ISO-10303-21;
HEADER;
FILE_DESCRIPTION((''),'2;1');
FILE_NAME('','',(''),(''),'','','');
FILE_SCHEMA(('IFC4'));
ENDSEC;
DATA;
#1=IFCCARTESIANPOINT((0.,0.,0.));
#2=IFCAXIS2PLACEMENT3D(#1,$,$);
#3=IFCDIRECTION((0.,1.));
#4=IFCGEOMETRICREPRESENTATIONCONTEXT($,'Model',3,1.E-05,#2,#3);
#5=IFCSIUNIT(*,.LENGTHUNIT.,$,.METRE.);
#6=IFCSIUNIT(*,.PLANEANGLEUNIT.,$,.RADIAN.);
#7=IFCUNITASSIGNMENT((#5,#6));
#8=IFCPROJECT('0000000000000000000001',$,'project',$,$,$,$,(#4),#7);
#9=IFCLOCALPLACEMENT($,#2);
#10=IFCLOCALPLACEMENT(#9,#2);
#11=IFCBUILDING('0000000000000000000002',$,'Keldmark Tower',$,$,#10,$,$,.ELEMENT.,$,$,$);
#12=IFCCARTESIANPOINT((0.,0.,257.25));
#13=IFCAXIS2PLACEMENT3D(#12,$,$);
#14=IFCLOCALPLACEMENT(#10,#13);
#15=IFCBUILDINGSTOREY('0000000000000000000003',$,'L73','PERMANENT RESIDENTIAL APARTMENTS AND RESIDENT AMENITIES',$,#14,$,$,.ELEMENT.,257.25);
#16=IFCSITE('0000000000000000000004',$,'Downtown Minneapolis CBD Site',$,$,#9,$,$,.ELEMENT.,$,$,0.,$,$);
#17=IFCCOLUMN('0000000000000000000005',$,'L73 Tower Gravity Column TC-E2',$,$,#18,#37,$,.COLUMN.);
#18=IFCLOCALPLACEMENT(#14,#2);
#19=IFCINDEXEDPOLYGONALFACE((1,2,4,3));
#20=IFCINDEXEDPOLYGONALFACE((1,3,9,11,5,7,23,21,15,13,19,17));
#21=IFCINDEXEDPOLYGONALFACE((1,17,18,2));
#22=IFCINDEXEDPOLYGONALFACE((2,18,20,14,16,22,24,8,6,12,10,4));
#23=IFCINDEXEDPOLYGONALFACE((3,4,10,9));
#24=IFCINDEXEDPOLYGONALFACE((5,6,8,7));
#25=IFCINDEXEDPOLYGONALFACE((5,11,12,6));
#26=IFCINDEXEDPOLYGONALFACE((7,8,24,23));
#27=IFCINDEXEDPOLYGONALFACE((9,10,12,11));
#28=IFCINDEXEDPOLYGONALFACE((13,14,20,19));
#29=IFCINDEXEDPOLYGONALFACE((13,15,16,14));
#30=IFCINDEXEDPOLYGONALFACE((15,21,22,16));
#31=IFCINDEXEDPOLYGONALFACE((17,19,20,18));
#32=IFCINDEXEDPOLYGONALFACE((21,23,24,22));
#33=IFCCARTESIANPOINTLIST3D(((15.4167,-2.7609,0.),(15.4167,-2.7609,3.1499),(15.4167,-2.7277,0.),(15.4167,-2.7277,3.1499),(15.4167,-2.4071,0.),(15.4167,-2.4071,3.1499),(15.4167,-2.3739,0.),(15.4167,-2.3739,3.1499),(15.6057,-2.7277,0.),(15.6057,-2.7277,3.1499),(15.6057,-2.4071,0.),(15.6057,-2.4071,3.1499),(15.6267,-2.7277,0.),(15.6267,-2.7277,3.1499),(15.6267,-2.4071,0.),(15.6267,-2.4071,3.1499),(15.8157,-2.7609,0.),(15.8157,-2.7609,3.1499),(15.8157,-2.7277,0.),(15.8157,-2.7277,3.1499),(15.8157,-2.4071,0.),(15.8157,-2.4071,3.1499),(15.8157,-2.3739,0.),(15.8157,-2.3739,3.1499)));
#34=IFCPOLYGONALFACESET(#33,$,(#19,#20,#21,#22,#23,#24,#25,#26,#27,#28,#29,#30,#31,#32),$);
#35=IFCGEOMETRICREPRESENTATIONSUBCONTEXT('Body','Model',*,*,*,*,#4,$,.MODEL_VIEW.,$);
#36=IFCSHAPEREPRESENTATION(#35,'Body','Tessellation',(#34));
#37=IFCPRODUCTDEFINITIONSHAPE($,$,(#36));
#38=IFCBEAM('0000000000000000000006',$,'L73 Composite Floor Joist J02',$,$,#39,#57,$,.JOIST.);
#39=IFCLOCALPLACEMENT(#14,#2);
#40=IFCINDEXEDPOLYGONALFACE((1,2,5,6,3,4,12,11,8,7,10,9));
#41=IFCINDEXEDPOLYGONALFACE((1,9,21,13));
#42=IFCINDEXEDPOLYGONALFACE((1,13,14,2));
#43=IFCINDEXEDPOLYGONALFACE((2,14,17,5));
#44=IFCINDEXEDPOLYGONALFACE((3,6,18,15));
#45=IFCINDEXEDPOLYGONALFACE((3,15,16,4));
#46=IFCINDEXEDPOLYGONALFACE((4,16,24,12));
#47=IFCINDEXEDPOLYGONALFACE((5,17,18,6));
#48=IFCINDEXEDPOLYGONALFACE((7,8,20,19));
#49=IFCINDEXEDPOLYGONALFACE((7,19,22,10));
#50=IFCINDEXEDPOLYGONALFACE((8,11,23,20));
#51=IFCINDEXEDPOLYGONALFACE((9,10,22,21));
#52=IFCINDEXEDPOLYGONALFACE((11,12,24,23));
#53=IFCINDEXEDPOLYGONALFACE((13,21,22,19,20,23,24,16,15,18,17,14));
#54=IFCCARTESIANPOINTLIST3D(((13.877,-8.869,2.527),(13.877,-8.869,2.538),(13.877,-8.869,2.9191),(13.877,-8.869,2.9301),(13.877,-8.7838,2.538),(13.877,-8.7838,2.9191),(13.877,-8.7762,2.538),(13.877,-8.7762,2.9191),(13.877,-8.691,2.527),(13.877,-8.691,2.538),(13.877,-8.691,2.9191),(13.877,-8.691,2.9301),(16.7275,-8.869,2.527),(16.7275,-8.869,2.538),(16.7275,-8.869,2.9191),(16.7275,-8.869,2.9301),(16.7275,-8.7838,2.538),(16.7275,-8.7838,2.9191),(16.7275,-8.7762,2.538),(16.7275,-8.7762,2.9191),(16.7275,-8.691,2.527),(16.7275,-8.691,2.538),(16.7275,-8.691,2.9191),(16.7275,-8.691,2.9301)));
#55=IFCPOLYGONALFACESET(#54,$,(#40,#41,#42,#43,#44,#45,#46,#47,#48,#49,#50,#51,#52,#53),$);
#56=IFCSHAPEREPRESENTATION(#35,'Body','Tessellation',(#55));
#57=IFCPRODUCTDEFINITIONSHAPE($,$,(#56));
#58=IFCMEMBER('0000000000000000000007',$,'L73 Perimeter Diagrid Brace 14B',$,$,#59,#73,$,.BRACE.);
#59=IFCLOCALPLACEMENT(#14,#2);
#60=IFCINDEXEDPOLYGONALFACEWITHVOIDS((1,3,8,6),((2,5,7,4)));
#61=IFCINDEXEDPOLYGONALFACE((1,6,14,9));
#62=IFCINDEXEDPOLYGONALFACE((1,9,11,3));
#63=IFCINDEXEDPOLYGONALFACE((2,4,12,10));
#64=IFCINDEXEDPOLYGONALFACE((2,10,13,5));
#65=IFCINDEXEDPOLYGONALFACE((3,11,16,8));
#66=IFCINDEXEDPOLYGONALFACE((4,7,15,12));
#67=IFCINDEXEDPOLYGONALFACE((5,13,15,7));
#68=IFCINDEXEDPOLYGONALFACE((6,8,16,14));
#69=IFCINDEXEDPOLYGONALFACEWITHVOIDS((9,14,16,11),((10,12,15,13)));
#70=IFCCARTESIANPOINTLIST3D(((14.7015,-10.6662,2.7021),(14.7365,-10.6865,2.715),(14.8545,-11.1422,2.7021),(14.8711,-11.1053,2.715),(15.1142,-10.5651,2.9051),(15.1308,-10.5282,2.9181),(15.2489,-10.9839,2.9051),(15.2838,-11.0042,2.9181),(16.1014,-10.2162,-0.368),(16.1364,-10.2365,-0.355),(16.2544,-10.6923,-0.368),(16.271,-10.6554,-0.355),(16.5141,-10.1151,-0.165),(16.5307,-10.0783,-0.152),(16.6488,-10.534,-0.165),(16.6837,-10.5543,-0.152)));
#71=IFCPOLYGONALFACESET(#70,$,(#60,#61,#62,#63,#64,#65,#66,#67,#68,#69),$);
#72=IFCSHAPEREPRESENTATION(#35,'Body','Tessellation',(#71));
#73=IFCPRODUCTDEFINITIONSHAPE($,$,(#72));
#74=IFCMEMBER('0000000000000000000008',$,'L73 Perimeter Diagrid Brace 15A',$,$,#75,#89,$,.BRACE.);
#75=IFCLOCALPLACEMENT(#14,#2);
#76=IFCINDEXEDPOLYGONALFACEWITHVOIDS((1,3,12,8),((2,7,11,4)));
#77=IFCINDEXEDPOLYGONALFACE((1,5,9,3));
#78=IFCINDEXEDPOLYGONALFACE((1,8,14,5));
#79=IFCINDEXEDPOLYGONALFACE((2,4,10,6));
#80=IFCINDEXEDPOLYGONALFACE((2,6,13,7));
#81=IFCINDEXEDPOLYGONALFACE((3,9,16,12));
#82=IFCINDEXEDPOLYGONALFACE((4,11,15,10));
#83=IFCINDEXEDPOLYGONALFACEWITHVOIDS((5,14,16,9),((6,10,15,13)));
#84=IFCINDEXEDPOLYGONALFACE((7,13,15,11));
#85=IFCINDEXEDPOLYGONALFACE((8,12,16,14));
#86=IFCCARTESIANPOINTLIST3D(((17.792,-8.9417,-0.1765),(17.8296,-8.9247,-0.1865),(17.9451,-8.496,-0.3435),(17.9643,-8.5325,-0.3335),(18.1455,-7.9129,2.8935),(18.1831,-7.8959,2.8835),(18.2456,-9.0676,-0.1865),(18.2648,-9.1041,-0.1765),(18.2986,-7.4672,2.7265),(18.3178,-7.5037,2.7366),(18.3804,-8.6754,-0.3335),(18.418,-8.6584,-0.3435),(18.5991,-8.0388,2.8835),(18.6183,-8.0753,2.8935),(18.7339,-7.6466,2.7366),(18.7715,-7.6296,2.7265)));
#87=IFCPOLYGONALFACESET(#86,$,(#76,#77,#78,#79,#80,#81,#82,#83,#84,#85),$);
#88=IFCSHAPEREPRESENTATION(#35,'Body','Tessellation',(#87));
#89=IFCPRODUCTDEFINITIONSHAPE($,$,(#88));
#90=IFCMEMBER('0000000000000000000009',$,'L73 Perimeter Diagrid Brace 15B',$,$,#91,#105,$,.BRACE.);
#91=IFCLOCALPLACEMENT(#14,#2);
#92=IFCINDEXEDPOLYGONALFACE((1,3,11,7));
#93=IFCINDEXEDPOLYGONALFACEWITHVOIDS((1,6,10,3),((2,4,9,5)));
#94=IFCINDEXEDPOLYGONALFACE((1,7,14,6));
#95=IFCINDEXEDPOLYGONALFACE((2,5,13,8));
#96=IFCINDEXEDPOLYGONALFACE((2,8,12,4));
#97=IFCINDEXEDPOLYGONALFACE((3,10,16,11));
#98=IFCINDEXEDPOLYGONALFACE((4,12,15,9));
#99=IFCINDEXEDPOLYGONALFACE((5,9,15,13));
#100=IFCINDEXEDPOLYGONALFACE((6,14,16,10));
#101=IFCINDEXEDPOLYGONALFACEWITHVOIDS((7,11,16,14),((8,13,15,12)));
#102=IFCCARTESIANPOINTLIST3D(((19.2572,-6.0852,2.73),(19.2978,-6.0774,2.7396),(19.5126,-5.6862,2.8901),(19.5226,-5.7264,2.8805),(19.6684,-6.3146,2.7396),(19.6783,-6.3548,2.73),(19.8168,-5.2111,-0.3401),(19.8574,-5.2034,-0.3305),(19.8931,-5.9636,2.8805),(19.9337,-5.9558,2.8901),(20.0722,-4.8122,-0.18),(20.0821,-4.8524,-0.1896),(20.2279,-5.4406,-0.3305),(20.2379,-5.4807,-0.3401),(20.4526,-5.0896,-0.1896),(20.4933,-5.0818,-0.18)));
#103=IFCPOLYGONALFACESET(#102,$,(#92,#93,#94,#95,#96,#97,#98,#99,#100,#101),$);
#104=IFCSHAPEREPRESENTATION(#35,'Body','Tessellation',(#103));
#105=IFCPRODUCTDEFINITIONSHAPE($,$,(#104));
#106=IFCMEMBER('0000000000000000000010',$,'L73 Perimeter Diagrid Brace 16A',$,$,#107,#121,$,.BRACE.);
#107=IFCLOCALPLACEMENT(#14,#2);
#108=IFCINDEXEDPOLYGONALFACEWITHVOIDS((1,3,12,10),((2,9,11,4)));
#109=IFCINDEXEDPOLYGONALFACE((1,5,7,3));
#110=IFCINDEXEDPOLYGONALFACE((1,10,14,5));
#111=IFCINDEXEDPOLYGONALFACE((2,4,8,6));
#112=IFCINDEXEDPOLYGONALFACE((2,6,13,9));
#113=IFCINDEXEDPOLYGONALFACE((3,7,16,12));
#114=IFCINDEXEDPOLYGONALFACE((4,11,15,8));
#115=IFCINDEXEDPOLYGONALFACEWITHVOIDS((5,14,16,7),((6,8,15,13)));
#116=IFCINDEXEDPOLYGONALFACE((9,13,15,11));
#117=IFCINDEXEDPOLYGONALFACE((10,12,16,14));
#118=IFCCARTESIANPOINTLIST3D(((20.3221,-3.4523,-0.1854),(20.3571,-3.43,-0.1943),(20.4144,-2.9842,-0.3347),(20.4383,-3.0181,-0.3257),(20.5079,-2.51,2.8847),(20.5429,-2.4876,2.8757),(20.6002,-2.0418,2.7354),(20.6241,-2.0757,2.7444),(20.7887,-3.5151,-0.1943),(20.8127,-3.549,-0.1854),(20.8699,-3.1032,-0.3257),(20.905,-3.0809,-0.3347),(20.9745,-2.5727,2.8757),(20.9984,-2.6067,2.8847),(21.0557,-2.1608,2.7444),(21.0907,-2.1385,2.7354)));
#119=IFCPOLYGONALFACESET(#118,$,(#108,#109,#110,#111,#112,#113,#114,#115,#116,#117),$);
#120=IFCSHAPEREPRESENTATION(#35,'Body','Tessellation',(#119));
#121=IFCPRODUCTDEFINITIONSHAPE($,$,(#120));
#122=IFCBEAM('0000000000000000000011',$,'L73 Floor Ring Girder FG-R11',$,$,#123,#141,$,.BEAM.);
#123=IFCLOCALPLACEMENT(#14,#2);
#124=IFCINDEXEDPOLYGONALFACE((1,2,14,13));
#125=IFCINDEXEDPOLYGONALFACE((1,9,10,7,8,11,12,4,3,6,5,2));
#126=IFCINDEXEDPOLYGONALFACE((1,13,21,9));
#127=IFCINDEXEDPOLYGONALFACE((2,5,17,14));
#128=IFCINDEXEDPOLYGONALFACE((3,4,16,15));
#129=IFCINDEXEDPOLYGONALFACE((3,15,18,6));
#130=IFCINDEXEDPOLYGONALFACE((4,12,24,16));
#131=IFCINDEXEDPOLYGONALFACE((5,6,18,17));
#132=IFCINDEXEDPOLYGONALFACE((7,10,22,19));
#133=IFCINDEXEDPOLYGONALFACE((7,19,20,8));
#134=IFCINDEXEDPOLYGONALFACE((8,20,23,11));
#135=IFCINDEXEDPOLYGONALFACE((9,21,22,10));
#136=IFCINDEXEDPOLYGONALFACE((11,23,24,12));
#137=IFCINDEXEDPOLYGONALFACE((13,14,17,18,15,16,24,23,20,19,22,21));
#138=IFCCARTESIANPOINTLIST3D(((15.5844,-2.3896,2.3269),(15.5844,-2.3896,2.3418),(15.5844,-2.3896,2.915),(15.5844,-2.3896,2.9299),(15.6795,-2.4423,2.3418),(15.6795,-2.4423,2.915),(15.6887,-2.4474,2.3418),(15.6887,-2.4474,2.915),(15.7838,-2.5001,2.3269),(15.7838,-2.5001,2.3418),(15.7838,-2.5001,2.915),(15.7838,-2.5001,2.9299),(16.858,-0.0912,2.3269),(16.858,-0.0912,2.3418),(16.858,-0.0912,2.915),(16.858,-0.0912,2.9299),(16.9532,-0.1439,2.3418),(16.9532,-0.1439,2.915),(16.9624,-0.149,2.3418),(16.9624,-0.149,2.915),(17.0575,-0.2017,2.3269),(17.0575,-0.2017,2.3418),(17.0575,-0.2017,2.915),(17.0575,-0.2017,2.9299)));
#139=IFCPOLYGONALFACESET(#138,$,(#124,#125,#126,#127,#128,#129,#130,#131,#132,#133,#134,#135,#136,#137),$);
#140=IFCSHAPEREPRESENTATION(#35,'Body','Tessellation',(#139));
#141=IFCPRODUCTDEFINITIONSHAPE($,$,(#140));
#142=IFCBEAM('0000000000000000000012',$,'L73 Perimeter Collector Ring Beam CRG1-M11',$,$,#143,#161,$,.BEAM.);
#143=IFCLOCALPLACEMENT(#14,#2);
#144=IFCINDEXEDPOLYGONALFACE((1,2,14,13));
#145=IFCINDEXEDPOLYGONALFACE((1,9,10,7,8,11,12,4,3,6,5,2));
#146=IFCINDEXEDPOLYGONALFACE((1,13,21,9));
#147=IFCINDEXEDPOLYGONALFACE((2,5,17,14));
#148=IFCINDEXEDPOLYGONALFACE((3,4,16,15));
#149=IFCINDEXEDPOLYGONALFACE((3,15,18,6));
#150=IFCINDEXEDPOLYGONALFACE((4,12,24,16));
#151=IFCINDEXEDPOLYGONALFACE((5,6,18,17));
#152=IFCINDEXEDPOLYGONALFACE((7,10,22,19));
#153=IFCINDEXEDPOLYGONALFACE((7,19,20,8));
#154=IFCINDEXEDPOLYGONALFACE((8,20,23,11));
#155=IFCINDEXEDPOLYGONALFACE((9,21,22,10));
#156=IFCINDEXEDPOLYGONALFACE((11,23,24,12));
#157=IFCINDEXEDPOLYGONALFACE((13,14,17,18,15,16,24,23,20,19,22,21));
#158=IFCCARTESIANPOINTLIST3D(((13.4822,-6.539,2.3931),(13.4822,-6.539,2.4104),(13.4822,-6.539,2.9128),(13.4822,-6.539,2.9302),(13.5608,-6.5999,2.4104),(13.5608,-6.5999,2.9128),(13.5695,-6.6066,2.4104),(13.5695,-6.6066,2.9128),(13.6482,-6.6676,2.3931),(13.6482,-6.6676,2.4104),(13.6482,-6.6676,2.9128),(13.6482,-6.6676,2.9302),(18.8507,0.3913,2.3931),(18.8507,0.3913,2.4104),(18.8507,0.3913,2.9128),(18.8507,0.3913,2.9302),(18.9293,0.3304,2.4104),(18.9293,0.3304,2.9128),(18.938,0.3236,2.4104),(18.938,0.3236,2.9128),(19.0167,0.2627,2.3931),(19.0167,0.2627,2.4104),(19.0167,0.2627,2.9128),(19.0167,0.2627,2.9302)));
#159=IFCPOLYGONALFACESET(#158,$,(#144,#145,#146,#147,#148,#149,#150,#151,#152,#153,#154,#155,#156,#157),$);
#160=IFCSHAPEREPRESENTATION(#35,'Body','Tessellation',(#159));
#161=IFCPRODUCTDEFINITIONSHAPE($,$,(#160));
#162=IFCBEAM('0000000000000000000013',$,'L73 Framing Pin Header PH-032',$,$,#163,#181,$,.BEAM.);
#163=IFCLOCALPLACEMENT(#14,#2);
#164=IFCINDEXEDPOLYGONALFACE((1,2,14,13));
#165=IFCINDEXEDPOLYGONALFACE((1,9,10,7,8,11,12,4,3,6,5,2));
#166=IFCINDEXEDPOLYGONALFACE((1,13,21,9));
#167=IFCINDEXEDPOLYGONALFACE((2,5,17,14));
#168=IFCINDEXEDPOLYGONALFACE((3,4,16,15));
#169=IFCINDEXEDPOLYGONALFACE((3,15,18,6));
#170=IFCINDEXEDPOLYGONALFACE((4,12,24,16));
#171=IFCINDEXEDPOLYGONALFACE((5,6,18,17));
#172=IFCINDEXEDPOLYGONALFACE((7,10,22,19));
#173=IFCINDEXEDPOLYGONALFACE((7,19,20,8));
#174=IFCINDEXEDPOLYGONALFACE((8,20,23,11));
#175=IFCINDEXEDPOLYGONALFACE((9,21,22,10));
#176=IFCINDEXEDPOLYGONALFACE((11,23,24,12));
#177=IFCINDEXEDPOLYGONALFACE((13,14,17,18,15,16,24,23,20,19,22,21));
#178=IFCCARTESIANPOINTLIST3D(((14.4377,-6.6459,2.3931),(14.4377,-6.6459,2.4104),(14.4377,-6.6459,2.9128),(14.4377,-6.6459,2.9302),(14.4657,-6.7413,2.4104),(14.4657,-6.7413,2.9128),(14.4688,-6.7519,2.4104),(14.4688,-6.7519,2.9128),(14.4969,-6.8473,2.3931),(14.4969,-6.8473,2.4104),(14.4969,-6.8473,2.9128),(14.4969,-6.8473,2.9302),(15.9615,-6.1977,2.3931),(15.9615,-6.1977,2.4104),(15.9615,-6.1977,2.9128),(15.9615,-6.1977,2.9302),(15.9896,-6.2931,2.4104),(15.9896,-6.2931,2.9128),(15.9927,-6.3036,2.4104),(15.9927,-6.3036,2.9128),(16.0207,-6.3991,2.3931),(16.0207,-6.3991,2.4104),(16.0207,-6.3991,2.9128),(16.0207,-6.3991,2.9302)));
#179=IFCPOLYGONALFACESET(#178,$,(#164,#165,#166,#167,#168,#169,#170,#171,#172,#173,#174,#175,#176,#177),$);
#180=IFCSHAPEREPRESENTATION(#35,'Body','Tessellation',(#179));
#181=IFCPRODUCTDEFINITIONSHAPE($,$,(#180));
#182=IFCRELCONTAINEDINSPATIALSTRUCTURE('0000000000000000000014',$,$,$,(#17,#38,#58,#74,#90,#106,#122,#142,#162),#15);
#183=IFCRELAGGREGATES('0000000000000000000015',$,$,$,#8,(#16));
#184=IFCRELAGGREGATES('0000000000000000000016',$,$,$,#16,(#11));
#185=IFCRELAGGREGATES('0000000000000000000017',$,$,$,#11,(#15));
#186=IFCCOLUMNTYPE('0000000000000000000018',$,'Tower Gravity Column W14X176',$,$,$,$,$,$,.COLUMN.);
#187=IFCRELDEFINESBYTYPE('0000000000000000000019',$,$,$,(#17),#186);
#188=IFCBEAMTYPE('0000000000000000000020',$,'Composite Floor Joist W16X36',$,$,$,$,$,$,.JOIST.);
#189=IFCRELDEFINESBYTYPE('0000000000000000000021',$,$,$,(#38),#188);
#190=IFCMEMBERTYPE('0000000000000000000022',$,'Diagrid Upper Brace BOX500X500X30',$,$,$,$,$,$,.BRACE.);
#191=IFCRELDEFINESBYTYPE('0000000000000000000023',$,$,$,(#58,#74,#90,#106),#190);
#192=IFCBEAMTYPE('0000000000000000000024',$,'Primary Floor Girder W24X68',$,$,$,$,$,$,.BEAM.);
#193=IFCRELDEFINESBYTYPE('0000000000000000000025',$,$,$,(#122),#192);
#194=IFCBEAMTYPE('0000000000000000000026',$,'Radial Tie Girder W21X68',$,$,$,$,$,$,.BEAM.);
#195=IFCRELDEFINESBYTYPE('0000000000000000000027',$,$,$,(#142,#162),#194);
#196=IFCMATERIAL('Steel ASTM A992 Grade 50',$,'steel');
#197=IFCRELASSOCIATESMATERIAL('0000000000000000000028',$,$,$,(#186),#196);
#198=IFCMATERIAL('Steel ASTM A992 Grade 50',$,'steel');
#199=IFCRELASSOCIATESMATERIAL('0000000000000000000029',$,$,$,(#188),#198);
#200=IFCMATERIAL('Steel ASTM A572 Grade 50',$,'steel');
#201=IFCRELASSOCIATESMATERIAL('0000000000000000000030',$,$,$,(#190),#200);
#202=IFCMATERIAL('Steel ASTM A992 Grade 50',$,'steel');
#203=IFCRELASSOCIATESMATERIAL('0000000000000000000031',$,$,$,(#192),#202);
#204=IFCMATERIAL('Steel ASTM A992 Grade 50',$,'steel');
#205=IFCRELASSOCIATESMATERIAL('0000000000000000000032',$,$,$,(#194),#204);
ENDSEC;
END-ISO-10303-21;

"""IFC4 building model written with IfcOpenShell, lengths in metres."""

from ifc_helpers import new_model, si_unit, direction, frame, origin, origin_2d, place, context, subcontext, project, spatial, hollow_rectangle, i_section, extrude, material, material_profile, profile_set, type_object, element, save


model = new_model("IFC4")

# Units and contexts
model_context = context("Model", 3, precision=1e-05, world=origin(), true_north=direction((0.0, 1.0)))
body_context = subcontext(model_context, "Body", "Model", "MODEL_VIEW")
ifc_project = project(units=[si_unit("LENGTHUNIT", "METRE"), si_unit("PLANEANGLEUNIT", "RADIAN")], contexts=[model_context])

# Site, building, storey
site_placement = place(None, origin())
site = spatial("IfcSite", under=ifc_project, at=site_placement, Name="Downtown Minneapolis CBD Site", CompositionType="ELEMENT", RefElevation=0.0)
building_placement = place(site_placement, origin())
building = spatial("IfcBuilding", under=site, at=building_placement, Name="Keldmark Tower", CompositionType="ELEMENT")
storey_placement = place(building_placement, frame((0.0, 0.0, 257.25)))
storey = spatial("IfcBuildingStorey", under=building, at=storey_placement, Name="L73", Description="PERMANENT RESIDENTIAL APARTMENTS AND RESIDENT AMENITIES", CompositionType="ELEMENT", Elevation=257.25)

# Column
ifc_material_1 = material(Name="Steel ASTM A992 Grade 50", Category="steel")
ifc_material_profile_1 = material_profile(ifc_material_1, i_section(OverallWidth=0.3989, OverallDepth=0.387, WebThickness=0.021, FlangeThickness=0.0332, at=origin_2d()), Name="W14X176")
ifc_profile_set_1 = profile_set([ifc_material_profile_1], Name="Steel ASTM A992 Grade 50")
column_type = type_object("IfcColumnType", Name="Tower Gravity Column W14X176", PredefinedType="COLUMN", material=ifc_profile_set_1)
column_placement = place(storey_placement, frame((15.6162, -2.5674, 0.0), z_axis=(0.0, 0.0, 1.0), x_axis=(1.0, 0.0, 0.0)))
element("IfcColumn", 1, at=column_placement, inside=storey, type_object=column_type, Name="L73 Tower Gravity Column TC-E2", PredefinedType="COLUMN", context=body_context, shape_type="SweptSolid", body=[
    extrude(i_section(OverallWidth=0.3989, OverallDepth=0.387, WebThickness=0.021, FlangeThickness=0.0332, at=origin_2d()), origin(), (0.0, 0.0, 1.0), 3.1499),
])

# Beam
ifc_material_2 = material(Name="Steel ASTM A992 Grade 50", Category="steel")
ifc_material_profile_2 = material_profile(ifc_material_2, i_section(OverallWidth=0.178, OverallDepth=0.4031, WebThickness=0.0076, FlangeThickness=0.011, at=origin_2d()), Name="W16X36")
ifc_profile_set_2 = profile_set([ifc_material_profile_2], Name="Steel ASTM A992 Grade 50")
beam_type_1 = type_object("IfcBeamType", Name="Composite Floor Joist W16X36", PredefinedType="JOIST", material=ifc_profile_set_2)
beam_1_placement = place(storey_placement, frame((13.877, -8.78, 2.7285), z_axis=(1.0, 0.0, 0.0), x_axis=(0.0, 1.0, 0.0)))
element("IfcBeam", 2, at=beam_1_placement, inside=storey, type_object=beam_type_1, Name="L73 Composite Floor Joist J02", PredefinedType="JOIST", context=body_context, shape_type="SweptSolid", body=[
    extrude(i_section(OverallWidth=0.178, OverallDepth=0.4031, WebThickness=0.0076, FlangeThickness=0.011, at=origin_2d()), origin(), (0.0, 0.0, 1.0), 2.8506),
])

# Members
ifc_material_3 = material(Name="Steel ASTM A572 Grade 50", Category="steel")
ifc_material_profile_3 = material_profile(ifc_material_3, hollow_rectangle(XDim=0.5, YDim=0.5, WallThickness=0.03, at=origin_2d()), Name="BOX500X500X30")
ifc_profile_set_3 = profile_set([ifc_material_profile_3], Name="Steel ASTM A572 Grade 50")
member_type = type_object("IfcMemberType", Name="Diagrid Upper Brace BOX500X500X30", PredefinedType="BRACE", material=ifc_profile_set_3)
member_1_placement = place(storey_placement, frame((16.3926, -10.3853, -0.26), z_axis=(-0.411247, -0.132181, 0.901889), x_axis=(0.305998, -0.952032, 0.0)))
element("IfcMember", 3, at=member_1_placement, inside=storey, type_object=member_type, Name="L73 Perimeter Diagrid Brace 14B", PredefinedType="BRACE", context=body_context, shape_type="SweptSolid", body=[
    extrude(hollow_rectangle(XDim=0.5, YDim=0.5, WallThickness=0.03, at=origin_2d()), origin(), (0.0, 0.0, 1.0), 3.4041),
])
member_2_placement = place(storey_placement, frame((18.105, -8.8, -0.26), z_axis=(0.108537, 0.315866, 0.942575), x_axis=(-0.945725, 0.324967, 0.0)))
element("IfcMember", 4, at=member_2_placement, inside=storey, type_object=member_type, Name="L73 Perimeter Diagrid Brace 15A", PredefinedType="BRACE", context=body_context, shape_type="SweptSolid", body=[
    extrude(hollow_rectangle(XDim=0.5, YDim=0.5, WallThickness=0.03, at=origin_2d()), origin(), (0.0, 0.0, 1.0), 3.2571),
])
member_3_placement = place(storey_placement, frame((20.155, -5.1465, -0.26), z_axis=(-0.172668, -0.269699, 0.947337), x_axis=(0.842186, -0.539187, 0.0)))
element("IfcMember", 5, at=member_3_placement, inside=storey, type_object=member_type, Name="L73 Perimeter Diagrid Brace 15B", PredefinedType="BRACE", context=body_context, shape_type="SweptSolid", body=[
    extrude(hollow_rectangle(XDim=0.5, YDim=0.5, WallThickness=0.03, at=origin_2d()), origin(), (0.0, 0.0, 1.0), 3.2407),
])
member_4_placement = place(storey_placement, frame((20.6135, -3.2666, -0.26), z_axis=(0.057756, 0.292955, 0.95438), x_axis=(-0.981115, 0.193427, 0.0)))
element("IfcMember", 6, at=member_4_placement, inside=storey, type_object=member_type, Name="L73 Perimeter Diagrid Brace 16A", PredefinedType="BRACE", context=body_context, shape_type="SweptSolid", body=[
    extrude(hollow_rectangle(XDim=0.5, YDim=0.5, WallThickness=0.03, at=origin_2d()), origin(), (0.0, 0.0, 1.0), 3.2168),
])

# Beams
ifc_material_4 = material(Name="Steel ASTM A992 Grade 50", Category="steel")
ifc_material_profile_4 = material_profile(ifc_material_4, i_section(OverallWidth=0.228, OverallDepth=0.603, WebThickness=0.0105, FlangeThickness=0.0149, at=origin_2d()), Name="W24X68")
ifc_profile_set_4 = profile_set([ifc_material_profile_4], Name="Steel ASTM A992 Grade 50")
beam_type_2 = type_object("IfcBeamType", Name="Primary Floor Girder W24X68", PredefinedType="BEAM", material=ifc_profile_set_4)
beam_2_placement = place(storey_placement, frame((15.6841, -2.4448, 2.6284), z_axis=(0.48472, 0.87467, 0.0), x_axis=(-0.87467, 0.48472, 0.0)))
element("IfcBeam", 7, at=beam_2_placement, inside=storey, type_object=beam_type_2, Name="L73 Floor Ring Girder FG-R11", PredefinedType="BEAM", context=body_context, shape_type="SweptSolid", body=[
    extrude(i_section(OverallWidth=0.228, OverallDepth=0.603, WebThickness=0.0105, FlangeThickness=0.0149, at=origin_2d()), origin(), (0.0, 0.0, 1.0), 2.6277),
])
ifc_material_5 = material(Name="Steel ASTM A992 Grade 50", Category="steel")
ifc_material_profile_5 = material_profile(ifc_material_5, i_section(OverallWidth=0.21, OverallDepth=0.5371, WebThickness=0.011, FlangeThickness=0.0173, at=origin_2d()), Name="W21X68")
ifc_profile_set_5 = profile_set([ifc_material_profile_5], Name="Steel ASTM A992 Grade 50")
beam_type_3 = type_object("IfcBeamType", Name="Radial Tie Girder W21X68", PredefinedType="BEAM", material=ifc_profile_set_5)
beam_3_placement = place(storey_placement, frame((13.5652, -6.6033, 2.6616), z_axis=(0.612395, 0.790552, 0.0), x_axis=(-0.790552, 0.612395, 0.0)))
element("IfcBeam", 8, at=beam_3_placement, inside=storey, type_object=beam_type_3, Name="L73 Perimeter Collector Ring Beam CRG1-M11", PredefinedType="BEAM", context=body_context, shape_type="SweptSolid", body=[
    extrude(i_section(OverallWidth=0.21, OverallDepth=0.5371, WebThickness=0.011, FlangeThickness=0.0173, at=origin_2d()), origin(), (0.0, 0.0, 1.0), 8.7664),
])
beam_4_placement = place(storey_placement, frame((14.4673, -6.7466, 2.6616), z_axis=(0.959361, 0.282183, 0.0), x_axis=(-0.282183, 0.959361, 0.0)))
element("IfcBeam", 9, at=beam_4_placement, inside=storey, type_object=beam_type_3, Name="L73 Framing Pin Header PH-032", PredefinedType="BEAM", context=body_context, shape_type="SweptSolid", body=[
    extrude(i_section(OverallWidth=0.21, OverallDepth=0.5371, WebThickness=0.011, FlangeThickness=0.0173, at=origin_2d()), origin(), (0.0, 0.0, 1.0), 1.5884),
])

save(model, "model.ifc")
